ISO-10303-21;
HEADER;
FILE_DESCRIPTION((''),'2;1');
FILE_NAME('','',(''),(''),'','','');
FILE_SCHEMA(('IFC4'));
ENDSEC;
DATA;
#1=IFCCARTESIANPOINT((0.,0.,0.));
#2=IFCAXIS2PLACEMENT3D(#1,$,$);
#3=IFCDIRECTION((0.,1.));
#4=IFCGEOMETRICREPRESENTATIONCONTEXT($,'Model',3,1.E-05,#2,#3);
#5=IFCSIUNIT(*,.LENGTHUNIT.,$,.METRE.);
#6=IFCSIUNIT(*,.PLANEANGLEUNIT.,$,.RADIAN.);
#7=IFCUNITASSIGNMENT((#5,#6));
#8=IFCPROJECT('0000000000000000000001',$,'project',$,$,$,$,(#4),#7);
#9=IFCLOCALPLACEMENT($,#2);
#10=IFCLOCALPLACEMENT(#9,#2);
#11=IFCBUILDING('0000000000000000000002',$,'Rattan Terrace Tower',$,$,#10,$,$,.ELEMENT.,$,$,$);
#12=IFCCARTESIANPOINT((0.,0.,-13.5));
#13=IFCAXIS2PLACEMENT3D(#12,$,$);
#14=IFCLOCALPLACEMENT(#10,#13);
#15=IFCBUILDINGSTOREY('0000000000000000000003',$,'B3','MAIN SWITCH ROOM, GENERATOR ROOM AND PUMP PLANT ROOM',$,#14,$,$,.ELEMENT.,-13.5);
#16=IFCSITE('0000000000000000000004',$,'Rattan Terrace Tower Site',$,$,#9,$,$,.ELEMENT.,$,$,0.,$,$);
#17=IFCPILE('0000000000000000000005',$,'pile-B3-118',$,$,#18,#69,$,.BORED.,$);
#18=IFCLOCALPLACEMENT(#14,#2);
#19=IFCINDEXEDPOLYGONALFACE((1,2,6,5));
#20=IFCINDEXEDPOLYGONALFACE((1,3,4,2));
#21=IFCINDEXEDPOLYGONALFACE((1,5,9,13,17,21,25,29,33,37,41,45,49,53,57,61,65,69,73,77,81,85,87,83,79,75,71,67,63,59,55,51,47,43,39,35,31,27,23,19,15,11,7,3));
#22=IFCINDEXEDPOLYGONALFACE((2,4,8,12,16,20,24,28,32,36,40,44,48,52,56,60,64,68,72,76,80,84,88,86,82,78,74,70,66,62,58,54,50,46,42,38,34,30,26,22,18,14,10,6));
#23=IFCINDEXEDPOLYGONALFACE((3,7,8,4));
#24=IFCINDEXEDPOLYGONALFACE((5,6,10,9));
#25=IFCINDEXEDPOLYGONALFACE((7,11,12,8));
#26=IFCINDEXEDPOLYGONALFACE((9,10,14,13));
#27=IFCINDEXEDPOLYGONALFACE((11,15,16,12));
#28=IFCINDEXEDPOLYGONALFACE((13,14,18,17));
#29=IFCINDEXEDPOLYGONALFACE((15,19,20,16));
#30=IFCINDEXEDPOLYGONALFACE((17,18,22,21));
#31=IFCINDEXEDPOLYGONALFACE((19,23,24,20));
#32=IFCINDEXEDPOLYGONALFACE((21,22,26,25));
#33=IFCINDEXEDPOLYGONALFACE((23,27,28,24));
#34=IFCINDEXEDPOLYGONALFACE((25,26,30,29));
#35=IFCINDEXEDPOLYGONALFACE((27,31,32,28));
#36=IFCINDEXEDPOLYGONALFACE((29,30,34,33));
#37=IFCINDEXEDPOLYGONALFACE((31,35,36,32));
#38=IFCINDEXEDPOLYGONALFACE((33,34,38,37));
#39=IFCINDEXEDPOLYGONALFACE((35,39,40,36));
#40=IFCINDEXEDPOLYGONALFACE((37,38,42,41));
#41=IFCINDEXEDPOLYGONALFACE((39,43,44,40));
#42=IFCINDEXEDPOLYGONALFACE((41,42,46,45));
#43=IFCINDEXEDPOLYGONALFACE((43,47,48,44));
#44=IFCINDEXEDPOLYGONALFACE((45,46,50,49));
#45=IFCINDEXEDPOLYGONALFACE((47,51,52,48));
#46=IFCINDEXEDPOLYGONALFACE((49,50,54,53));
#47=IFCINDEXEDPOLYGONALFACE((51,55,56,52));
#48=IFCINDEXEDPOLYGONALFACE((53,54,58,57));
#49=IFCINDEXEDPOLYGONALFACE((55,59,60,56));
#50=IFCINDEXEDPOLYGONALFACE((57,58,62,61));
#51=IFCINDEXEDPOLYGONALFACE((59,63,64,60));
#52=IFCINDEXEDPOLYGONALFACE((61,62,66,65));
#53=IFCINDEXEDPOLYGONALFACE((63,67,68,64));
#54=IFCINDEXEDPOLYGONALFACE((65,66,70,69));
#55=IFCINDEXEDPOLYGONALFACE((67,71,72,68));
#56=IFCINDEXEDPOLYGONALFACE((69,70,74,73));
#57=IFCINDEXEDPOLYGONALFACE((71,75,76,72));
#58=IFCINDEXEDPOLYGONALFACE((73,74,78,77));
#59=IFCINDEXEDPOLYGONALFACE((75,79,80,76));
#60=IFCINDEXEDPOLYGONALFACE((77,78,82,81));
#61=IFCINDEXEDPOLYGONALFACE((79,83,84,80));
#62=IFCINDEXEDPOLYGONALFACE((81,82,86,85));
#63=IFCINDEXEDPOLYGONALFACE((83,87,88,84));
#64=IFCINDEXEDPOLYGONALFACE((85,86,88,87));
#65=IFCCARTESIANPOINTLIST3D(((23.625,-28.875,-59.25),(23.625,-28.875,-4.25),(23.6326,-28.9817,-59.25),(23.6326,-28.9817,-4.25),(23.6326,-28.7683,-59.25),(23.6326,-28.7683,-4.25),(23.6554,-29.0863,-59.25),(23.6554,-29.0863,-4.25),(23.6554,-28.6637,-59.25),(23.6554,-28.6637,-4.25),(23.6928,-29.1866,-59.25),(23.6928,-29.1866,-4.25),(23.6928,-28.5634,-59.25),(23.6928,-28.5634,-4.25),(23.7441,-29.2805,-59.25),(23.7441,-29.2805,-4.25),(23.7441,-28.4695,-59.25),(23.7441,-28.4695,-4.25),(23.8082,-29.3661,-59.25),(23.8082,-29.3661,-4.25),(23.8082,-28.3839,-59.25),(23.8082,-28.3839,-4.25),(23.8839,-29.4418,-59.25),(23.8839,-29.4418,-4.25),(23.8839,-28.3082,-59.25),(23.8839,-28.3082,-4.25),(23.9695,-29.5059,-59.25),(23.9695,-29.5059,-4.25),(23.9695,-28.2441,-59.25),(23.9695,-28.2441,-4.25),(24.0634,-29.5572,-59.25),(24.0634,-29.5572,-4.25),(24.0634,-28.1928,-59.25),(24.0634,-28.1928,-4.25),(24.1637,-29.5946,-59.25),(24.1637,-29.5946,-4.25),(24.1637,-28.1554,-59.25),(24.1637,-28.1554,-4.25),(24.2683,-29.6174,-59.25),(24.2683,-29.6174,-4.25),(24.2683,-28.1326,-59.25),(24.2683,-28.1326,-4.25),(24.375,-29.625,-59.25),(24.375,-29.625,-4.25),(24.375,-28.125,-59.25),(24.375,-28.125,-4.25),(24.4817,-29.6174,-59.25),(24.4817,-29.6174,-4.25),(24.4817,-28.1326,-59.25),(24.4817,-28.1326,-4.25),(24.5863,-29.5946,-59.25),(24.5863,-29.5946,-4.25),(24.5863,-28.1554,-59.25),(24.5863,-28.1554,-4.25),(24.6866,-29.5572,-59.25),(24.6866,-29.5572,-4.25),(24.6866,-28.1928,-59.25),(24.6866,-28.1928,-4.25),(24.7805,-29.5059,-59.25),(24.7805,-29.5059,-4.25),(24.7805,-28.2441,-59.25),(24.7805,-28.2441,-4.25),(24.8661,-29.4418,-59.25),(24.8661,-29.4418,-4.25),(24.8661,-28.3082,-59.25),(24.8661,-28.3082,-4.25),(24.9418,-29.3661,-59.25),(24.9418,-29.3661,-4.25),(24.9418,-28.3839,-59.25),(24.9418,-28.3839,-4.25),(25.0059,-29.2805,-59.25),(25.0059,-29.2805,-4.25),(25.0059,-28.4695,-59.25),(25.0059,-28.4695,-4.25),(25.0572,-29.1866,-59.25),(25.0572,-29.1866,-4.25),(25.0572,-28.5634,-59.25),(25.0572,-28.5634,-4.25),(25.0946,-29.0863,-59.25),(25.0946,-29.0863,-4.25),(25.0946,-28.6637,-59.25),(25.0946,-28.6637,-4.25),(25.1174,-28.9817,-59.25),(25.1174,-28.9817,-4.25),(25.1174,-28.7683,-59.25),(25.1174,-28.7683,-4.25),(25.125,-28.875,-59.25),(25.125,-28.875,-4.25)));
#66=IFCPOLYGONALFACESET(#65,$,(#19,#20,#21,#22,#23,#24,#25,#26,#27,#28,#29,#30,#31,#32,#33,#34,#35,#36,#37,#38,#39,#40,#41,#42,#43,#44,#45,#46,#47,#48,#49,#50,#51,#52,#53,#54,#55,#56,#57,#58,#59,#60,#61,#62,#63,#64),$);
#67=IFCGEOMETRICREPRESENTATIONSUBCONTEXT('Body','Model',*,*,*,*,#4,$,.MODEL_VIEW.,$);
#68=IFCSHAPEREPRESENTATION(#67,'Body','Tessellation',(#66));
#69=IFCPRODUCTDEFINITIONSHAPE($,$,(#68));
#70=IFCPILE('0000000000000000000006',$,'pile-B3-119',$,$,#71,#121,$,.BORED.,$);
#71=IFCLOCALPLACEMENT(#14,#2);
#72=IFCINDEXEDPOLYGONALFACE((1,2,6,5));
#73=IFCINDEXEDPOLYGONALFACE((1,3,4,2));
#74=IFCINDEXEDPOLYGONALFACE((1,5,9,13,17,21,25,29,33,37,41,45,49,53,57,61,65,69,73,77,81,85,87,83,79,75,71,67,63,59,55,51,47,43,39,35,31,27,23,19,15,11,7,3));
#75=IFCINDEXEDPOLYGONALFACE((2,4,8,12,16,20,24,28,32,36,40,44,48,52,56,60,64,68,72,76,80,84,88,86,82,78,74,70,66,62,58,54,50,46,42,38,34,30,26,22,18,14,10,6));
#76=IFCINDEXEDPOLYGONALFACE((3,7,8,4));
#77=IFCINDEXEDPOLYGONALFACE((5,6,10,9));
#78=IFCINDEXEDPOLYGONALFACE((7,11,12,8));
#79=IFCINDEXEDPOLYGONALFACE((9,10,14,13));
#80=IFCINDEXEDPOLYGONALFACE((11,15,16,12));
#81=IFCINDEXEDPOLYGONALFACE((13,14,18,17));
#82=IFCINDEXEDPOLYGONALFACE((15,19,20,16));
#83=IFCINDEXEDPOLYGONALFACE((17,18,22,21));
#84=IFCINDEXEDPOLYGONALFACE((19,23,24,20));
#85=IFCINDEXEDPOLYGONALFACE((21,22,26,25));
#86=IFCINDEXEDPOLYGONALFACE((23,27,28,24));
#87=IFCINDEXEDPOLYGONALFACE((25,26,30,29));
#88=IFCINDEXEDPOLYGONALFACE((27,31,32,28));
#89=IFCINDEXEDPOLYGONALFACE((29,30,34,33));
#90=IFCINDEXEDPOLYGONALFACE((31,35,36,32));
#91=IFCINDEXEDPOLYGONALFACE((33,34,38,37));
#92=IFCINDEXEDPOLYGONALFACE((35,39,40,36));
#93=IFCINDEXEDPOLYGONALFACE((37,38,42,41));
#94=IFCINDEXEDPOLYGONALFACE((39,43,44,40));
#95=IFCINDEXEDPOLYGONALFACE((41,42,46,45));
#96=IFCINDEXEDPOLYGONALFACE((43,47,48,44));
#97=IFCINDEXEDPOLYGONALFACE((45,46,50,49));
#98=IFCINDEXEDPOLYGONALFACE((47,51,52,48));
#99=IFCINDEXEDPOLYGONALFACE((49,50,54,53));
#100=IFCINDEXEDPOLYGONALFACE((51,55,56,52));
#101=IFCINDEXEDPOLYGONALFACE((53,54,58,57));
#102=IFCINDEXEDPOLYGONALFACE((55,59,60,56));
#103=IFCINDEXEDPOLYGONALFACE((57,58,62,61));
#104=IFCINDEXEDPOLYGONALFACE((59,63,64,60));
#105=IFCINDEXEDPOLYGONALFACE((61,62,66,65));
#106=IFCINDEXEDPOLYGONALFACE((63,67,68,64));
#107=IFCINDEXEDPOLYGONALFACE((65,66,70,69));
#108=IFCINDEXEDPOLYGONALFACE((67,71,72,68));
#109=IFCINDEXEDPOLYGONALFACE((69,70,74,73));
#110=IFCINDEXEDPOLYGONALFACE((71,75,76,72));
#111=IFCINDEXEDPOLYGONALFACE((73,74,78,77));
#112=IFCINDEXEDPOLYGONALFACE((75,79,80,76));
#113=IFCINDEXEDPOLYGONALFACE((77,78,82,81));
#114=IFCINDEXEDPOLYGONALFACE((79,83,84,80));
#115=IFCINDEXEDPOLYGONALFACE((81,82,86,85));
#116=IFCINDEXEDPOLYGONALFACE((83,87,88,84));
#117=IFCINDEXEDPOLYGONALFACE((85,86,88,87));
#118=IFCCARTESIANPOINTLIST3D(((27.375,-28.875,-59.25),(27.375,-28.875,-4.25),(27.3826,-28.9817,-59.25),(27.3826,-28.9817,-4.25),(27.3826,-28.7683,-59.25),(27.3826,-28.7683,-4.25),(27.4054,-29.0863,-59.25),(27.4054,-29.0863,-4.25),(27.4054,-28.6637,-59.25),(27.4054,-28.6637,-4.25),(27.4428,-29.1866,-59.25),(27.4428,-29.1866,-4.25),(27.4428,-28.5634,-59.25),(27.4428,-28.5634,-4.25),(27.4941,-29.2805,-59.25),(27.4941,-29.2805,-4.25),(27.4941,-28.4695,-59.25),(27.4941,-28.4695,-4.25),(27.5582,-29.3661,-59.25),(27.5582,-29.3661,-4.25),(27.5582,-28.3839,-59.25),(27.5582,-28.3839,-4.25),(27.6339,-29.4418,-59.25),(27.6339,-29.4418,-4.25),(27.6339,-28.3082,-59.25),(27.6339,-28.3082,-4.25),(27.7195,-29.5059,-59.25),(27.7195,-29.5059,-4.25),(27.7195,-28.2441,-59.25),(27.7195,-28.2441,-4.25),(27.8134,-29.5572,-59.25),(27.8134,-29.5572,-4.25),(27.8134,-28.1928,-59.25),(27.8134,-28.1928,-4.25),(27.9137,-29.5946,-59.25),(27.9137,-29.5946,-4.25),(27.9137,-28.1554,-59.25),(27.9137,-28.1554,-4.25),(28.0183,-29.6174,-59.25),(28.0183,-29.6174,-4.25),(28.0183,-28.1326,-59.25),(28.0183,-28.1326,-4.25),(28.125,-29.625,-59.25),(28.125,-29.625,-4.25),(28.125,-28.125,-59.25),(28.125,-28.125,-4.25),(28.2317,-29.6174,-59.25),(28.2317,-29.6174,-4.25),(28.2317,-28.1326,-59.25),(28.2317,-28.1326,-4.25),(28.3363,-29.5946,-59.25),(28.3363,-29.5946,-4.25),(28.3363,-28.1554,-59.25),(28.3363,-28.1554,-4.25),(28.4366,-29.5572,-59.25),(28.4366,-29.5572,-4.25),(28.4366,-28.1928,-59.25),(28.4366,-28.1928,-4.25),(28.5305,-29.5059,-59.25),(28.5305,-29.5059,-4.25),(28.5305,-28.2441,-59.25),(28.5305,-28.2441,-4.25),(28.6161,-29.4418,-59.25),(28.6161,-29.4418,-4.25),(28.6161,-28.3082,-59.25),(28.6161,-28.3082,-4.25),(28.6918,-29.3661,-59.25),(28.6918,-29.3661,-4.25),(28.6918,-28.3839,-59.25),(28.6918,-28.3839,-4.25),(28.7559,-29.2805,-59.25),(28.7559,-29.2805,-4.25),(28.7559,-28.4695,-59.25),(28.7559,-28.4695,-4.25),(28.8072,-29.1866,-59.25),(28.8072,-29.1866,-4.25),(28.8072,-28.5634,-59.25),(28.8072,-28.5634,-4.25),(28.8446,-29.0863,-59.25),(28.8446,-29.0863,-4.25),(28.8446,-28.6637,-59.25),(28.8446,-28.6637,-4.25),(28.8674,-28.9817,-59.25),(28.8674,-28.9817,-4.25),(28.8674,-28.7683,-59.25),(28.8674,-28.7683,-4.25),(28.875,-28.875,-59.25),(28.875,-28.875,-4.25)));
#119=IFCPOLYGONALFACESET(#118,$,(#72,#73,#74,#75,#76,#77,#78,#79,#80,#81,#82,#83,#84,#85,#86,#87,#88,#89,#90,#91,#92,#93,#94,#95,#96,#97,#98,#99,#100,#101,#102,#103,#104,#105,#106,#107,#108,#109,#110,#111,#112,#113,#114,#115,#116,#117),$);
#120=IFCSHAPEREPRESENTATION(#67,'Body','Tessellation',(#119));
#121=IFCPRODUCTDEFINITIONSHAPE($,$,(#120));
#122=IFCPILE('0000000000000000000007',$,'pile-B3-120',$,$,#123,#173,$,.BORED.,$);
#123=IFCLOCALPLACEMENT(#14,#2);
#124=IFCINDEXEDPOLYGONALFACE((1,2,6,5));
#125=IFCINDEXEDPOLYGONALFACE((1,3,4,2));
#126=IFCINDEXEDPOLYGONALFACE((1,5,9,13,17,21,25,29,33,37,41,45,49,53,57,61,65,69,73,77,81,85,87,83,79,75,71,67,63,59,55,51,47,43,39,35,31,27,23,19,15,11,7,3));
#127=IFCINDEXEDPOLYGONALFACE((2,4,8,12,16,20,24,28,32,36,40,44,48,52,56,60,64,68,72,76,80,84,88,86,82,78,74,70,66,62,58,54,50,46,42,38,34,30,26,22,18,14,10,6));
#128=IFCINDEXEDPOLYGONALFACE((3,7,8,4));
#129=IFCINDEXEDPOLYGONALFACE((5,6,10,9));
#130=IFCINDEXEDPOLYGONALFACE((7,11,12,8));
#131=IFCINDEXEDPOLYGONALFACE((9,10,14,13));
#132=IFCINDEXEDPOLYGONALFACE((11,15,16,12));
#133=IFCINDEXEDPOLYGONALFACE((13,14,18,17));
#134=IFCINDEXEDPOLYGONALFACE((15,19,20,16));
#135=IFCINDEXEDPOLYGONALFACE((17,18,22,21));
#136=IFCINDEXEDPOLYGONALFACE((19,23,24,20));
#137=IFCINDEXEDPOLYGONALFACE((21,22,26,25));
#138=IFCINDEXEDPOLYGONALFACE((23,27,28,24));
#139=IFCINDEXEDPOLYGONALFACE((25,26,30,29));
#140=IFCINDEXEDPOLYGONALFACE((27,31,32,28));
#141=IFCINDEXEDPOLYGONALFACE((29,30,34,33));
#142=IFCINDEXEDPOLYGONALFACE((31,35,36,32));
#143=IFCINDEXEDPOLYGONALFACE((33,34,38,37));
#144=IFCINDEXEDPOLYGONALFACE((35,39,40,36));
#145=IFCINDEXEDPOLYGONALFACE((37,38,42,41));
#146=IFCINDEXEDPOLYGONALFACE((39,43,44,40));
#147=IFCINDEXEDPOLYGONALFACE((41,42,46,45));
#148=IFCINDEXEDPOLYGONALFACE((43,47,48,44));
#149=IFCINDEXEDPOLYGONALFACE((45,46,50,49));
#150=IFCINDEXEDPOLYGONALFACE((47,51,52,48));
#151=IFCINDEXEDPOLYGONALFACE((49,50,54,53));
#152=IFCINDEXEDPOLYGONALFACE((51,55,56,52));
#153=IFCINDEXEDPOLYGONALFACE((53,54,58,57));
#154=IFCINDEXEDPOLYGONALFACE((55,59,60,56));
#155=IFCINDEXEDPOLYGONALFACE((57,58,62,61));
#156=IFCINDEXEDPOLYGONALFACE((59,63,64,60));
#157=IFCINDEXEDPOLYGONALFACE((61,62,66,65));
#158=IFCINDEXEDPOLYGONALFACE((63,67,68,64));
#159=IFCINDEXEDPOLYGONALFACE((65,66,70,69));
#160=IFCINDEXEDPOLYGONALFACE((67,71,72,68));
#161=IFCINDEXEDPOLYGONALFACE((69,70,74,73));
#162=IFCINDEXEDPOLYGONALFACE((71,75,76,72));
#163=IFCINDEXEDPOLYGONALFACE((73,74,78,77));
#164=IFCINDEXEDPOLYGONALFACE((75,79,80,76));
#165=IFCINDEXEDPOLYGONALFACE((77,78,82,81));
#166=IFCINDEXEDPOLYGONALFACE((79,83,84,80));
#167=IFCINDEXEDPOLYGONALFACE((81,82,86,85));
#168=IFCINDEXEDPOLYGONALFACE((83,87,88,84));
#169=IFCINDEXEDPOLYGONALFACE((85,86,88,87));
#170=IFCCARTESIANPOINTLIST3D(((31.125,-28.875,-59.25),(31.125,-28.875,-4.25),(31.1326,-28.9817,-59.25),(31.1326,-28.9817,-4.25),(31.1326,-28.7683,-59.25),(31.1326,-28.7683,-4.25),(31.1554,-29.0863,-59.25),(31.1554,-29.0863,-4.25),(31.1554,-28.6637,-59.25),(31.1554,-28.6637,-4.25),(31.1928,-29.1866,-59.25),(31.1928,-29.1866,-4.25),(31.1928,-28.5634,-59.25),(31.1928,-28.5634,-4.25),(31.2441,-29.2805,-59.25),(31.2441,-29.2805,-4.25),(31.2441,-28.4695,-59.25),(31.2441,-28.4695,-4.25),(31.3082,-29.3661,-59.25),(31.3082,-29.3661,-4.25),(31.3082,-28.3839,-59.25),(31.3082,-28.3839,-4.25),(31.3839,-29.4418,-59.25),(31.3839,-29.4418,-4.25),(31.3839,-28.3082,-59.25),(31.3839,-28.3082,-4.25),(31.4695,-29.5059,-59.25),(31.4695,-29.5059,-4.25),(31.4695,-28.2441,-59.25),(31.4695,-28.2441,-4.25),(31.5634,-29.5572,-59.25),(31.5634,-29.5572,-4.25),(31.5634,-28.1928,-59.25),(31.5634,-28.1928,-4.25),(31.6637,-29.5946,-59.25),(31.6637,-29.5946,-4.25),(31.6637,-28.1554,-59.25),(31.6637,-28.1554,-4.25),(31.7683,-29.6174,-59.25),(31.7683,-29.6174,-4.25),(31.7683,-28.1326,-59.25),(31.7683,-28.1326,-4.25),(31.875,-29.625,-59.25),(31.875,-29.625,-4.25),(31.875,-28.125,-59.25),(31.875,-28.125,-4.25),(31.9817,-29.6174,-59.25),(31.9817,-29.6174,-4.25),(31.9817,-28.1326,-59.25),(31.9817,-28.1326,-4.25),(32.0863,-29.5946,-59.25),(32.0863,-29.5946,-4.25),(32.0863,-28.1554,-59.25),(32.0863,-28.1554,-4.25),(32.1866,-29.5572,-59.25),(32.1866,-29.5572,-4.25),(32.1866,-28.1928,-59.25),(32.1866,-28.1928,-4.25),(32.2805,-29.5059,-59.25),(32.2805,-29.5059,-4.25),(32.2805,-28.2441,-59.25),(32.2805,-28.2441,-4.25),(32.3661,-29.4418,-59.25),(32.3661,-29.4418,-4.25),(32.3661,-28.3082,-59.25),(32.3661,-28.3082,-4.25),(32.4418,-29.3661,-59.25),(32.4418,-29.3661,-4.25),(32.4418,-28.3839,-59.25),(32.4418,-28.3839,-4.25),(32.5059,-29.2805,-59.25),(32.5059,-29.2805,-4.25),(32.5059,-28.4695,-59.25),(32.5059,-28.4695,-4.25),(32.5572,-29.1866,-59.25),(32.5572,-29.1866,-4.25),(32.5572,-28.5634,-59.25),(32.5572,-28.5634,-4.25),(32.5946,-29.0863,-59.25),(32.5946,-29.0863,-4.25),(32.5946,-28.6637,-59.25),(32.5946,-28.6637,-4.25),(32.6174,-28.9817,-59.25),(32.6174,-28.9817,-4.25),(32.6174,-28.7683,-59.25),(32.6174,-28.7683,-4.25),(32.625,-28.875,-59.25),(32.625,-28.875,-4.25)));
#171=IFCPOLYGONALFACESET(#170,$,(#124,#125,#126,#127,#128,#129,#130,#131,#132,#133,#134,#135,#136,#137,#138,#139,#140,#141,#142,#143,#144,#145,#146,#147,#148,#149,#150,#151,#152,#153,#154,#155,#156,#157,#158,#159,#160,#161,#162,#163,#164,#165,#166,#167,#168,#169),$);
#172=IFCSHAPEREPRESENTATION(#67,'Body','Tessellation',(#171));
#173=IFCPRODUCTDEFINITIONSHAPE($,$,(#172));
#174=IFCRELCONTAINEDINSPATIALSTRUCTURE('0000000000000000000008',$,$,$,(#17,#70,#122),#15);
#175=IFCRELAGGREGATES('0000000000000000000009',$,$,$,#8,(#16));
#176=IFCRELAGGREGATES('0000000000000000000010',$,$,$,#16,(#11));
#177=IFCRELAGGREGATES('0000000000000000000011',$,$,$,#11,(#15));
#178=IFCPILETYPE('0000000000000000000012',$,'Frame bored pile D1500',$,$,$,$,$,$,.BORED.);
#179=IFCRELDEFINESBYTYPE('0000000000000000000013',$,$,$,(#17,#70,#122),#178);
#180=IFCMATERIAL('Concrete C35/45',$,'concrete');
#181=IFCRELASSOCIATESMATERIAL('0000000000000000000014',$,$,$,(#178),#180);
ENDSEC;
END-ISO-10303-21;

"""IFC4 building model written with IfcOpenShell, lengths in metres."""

from ifc_helpers import new_model, si_unit, direction, frame, origin, origin_2d, place, context, subcontext, project, spatial, circle, extrude, material, material_profile, profile_set, type_object, element, save


model = new_model("IFC4")

# Units and contexts
model_context = context("Model", 3, precision=1e-05, world=origin(), true_north=direction((0.0, 1.0)))
body_context = subcontext(model_context, "Body", "Model", "MODEL_VIEW")
ifc_project = project(units=[si_unit("LENGTHUNIT", "METRE"), si_unit("PLANEANGLEUNIT", "RADIAN")], contexts=[model_context])

# Site, building, storey
site_placement = place(None, origin())
site = spatial("IfcSite", under=ifc_project, at=site_placement, Name="Rattan Terrace Tower Site", CompositionType="ELEMENT", RefElevation=0.0)
building_placement = place(site_placement, origin())
building = spatial("IfcBuilding", under=site, at=building_placement, Name="Rattan Terrace Tower", CompositionType="ELEMENT")
storey_placement = place(building_placement, frame((0.0, 0.0, -13.5)))
storey = spatial("IfcBuildingStorey", under=building, at=storey_placement, Name="B3", Description="MAIN SWITCH ROOM, GENERATOR ROOM AND PUMP PLANT ROOM", CompositionType="ELEMENT", Elevation=-13.5)

# Piles
ifc_material_1 = material(Name="Concrete C35/45", Category="concrete")
ifc_material_profile_1 = material_profile(ifc_material_1, circle(Radius=0.75, at=origin_2d()), Name="PILE D1500")
ifc_profile_set_1 = profile_set([ifc_material_profile_1], Name="Concrete C35/45")
pile_type = type_object("IfcPileType", Name="Frame bored pile D1500", PredefinedType="BORED", material=ifc_profile_set_1)
for number, where, z_axis, x_axis, name in (
    (1, (24.375, -28.875, -4.25), (0.0, 0.0, -1.0), (1.0, 0.0, 0.0), "pile-B3-118"),
    (2, (28.125, -28.875, -4.25), (0.0, 0.0, -1.0), (1.0, 0.0, 0.0), "pile-B3-119"),
    (3, (31.875, -28.875, -4.25), (0.0, 0.0, -1.0), (1.0, 0.0, 0.0), "pile-B3-120"),
):
    element("IfcPile", number, at=place(storey_placement, frame(where, z_axis=z_axis, x_axis=x_axis)), inside=storey, type_object=pile_type, Name=name, PredefinedType="BORED", context=body_context, shape_type="SweptSolid", body=[
        extrude(circle(Radius=0.75, at=origin_2d()), origin(), (0.0, 0.0, 1.0), 55.0),
    ])

save(model, "model.ifc")
